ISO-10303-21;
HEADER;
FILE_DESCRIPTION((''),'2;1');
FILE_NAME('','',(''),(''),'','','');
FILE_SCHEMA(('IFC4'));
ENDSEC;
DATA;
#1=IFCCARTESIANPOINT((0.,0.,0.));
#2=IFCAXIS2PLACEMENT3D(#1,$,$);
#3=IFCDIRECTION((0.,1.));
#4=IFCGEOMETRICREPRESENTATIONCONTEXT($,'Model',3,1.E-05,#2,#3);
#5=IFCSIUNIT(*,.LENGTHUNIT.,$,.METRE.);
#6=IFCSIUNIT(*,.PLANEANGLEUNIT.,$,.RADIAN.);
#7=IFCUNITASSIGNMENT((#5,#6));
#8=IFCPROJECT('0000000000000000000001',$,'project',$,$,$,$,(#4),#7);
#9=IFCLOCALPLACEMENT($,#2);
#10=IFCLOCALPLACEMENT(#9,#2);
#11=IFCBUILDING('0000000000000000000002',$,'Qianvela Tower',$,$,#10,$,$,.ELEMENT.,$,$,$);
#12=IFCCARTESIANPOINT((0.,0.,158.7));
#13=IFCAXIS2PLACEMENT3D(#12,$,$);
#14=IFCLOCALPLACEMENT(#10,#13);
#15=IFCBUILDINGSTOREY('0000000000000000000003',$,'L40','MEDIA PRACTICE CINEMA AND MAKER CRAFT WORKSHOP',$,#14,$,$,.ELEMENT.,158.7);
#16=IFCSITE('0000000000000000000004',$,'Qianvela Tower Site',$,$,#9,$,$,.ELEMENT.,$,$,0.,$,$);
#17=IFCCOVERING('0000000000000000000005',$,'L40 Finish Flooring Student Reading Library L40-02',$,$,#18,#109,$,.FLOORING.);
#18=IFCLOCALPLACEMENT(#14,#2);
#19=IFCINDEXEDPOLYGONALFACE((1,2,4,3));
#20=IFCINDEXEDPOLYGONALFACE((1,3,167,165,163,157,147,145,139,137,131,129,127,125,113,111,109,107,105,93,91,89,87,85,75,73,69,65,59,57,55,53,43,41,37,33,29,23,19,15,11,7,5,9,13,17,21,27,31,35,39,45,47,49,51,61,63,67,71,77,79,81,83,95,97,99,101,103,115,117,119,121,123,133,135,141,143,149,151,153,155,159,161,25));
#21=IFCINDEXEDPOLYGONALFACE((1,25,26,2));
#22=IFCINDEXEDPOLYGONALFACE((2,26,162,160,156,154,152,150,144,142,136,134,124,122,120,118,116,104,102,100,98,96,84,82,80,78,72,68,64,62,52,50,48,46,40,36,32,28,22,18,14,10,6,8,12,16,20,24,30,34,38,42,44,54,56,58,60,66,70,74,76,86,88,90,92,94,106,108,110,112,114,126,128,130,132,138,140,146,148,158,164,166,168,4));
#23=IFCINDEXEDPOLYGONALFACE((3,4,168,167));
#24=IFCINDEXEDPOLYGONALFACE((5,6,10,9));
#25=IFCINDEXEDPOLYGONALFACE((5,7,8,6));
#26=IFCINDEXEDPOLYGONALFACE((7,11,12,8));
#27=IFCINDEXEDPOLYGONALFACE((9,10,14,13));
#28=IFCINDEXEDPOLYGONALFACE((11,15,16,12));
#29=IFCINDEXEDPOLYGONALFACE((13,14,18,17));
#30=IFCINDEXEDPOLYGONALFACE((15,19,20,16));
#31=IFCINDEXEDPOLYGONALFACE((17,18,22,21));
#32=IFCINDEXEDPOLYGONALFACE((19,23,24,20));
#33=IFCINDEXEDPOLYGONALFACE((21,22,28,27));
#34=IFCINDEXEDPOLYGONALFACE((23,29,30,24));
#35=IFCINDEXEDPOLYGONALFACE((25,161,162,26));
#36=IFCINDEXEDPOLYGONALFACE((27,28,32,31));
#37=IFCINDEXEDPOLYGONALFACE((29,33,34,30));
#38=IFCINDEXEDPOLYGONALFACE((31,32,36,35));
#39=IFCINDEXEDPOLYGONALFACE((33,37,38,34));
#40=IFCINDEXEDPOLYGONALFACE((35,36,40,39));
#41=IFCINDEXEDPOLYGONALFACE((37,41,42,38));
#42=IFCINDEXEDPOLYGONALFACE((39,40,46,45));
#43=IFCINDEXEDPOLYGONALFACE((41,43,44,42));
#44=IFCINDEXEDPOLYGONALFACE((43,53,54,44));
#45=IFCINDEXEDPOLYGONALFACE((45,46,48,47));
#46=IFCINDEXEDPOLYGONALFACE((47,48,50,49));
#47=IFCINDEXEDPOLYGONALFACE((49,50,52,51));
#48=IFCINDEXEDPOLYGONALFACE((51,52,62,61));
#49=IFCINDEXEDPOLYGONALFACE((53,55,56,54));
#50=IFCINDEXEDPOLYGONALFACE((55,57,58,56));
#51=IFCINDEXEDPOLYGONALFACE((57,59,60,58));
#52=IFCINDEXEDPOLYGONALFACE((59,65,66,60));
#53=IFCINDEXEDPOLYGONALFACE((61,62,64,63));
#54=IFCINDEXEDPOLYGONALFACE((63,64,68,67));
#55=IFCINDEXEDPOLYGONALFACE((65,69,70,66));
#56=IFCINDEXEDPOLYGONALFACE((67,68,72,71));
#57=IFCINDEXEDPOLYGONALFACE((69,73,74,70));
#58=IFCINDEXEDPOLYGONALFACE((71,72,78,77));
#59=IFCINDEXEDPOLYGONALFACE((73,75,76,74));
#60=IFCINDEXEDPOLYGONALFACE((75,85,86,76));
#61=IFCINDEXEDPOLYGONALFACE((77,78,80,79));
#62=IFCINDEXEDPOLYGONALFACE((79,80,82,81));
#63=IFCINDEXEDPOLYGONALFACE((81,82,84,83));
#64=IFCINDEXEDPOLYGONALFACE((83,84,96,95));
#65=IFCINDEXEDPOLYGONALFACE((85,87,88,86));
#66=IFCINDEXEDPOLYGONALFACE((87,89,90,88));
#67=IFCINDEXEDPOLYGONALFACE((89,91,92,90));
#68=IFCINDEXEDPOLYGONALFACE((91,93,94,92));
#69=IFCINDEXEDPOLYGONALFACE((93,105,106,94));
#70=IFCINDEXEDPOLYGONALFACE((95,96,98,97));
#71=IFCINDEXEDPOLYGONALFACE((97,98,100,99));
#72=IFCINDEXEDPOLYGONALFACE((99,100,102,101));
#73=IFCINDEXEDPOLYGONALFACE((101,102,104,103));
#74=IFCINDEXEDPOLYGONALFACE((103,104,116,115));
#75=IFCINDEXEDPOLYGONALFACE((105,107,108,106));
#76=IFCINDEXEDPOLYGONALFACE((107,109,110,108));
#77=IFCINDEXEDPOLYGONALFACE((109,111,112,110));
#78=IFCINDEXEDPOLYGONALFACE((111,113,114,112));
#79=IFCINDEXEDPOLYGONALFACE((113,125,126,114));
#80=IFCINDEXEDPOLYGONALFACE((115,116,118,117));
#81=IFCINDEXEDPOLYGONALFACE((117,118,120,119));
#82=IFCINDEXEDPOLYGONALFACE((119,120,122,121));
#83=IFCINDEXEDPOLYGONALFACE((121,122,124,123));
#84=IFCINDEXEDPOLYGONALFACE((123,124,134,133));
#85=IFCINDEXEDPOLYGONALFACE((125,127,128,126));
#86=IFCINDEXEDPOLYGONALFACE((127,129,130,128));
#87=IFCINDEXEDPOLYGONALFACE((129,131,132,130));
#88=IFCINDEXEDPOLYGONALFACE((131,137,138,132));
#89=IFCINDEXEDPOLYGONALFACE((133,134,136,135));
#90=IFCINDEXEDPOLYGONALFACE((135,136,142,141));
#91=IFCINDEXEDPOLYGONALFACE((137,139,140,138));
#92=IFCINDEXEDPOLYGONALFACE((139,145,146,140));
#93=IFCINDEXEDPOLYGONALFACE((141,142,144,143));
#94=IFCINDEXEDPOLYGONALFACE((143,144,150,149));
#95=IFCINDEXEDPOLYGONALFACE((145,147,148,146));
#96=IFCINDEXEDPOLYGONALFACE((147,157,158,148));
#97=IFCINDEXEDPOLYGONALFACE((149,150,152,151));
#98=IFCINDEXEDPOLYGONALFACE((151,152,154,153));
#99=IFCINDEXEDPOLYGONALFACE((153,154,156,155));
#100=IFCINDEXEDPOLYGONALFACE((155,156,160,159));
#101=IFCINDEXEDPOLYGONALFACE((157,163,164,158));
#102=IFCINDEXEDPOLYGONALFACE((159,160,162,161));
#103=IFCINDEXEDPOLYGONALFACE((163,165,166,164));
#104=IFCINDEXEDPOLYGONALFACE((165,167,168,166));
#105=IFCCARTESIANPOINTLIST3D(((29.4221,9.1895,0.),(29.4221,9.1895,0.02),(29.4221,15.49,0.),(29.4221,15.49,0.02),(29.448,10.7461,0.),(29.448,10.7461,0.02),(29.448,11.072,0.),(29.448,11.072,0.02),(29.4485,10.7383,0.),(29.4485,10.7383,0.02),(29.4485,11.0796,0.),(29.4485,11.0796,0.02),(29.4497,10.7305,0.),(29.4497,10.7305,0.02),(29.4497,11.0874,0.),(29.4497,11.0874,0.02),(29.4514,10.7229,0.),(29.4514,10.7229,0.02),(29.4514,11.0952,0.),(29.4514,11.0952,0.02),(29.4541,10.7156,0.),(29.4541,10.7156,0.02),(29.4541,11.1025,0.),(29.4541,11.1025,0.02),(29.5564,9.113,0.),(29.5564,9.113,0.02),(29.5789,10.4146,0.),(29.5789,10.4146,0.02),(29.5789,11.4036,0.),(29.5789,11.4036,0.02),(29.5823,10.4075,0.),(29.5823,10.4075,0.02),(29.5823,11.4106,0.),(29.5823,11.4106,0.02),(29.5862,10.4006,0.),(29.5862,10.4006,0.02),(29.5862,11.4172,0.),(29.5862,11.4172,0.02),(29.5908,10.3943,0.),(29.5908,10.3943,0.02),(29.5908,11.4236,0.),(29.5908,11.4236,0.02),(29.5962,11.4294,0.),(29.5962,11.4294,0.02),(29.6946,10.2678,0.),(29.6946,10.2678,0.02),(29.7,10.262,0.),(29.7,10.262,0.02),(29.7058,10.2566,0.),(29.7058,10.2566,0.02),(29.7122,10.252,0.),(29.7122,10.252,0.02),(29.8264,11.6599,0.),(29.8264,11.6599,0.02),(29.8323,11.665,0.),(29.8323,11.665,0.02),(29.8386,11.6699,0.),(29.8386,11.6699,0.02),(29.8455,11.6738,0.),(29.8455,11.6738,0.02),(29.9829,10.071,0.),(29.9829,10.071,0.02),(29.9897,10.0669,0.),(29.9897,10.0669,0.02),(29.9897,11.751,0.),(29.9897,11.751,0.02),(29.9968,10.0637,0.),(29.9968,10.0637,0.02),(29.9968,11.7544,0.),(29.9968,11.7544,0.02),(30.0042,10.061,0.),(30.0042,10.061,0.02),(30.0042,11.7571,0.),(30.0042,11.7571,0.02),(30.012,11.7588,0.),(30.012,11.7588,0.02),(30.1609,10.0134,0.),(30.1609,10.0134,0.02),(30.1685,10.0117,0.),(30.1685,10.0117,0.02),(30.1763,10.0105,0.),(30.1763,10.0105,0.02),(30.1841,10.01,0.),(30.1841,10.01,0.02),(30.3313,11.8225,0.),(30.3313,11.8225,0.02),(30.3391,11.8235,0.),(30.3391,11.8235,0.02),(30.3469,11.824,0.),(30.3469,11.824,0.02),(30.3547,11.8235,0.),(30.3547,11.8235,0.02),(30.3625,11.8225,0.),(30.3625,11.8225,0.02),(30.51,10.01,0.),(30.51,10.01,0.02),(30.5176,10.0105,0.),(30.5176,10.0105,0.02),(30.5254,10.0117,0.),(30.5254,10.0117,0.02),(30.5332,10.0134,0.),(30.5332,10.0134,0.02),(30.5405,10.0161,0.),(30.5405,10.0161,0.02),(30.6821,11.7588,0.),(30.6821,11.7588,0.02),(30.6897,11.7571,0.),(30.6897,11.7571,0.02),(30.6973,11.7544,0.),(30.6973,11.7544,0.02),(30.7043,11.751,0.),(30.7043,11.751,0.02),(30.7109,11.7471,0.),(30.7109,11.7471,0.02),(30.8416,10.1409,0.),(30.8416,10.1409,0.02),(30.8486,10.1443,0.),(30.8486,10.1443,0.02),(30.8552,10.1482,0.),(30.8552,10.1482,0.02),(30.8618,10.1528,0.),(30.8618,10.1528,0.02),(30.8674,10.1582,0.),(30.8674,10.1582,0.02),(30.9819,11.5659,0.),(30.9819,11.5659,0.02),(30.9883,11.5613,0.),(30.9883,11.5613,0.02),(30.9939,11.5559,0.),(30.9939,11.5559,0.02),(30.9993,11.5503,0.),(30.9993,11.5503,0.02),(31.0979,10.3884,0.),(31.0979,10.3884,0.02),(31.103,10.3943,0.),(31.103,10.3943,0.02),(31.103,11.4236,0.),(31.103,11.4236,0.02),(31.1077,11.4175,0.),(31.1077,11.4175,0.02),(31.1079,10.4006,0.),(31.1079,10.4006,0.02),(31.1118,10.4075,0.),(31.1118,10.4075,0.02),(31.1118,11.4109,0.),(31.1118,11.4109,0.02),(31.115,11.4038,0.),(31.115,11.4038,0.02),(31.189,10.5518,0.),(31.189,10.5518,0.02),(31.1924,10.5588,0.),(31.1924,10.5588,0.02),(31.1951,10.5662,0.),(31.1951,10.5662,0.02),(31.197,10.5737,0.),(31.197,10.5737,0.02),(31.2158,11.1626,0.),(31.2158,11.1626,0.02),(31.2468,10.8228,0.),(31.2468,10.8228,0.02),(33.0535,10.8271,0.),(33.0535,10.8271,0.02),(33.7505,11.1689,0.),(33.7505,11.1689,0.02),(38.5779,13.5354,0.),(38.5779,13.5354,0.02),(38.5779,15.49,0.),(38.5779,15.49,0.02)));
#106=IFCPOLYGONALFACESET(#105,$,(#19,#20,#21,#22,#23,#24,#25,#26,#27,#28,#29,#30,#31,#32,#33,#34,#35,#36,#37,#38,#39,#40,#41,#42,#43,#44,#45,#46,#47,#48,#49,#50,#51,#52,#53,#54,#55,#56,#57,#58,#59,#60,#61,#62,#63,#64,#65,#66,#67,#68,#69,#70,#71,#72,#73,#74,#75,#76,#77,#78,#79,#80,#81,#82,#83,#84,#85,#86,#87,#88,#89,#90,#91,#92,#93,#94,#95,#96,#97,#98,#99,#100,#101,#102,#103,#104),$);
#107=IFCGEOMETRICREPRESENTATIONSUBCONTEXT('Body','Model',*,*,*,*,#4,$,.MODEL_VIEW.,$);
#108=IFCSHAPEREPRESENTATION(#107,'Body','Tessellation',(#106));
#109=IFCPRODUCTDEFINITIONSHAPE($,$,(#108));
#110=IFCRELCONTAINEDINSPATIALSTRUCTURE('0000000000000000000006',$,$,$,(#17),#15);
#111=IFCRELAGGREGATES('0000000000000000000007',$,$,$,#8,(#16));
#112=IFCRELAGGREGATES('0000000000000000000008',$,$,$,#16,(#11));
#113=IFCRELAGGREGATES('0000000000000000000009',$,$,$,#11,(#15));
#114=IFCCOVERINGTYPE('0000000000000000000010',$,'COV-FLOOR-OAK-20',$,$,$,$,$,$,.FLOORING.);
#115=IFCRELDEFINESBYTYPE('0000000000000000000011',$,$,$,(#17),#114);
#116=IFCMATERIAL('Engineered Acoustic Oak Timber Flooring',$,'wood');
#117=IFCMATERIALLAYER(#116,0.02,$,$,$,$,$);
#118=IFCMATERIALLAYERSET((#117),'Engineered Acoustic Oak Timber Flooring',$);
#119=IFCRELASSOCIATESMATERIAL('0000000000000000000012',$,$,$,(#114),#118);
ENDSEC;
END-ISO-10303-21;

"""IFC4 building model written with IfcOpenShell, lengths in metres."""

from ifc_helpers import new_model, si_unit, direction, frame, origin, place, context, subcontext, project, spatial, polyline, outline, extrude, material, layer, layer_set, type_object, element, save


model = new_model("IFC4")

# Units and contexts
model_context = context("Model", 3, precision=1e-05, world=origin(), true_north=direction((0.0, 1.0)))
body_context = subcontext(model_context, "Body", "Model", "MODEL_VIEW")
ifc_project = project(units=[si_unit("LENGTHUNIT", "METRE"), si_unit("PLANEANGLEUNIT", "RADIAN")], contexts=[model_context])

# Site, building, storey
site_placement = place(None, origin())
site = spatial("IfcSite", under=ifc_project, at=site_placement, Name="Qianvela Tower Site", CompositionType="ELEMENT", RefElevation=0.0)
building_placement = place(site_placement, origin())
building = spatial("IfcBuilding", under=site, at=building_placement, Name="Qianvela Tower", CompositionType="ELEMENT")
storey_placement = place(building_placement, frame((0.0, 0.0, 158.7)))
storey = spatial("IfcBuildingStorey", under=building, at=storey_placement, Name="L40", Description="MEDIA PRACTICE CINEMA AND MAKER CRAFT WORKSHOP", CompositionType="ELEMENT", Elevation=158.7)

# Covering
ifc_material_1 = material(Name="Engineered Acoustic Oak Timber Flooring", Category="wood")
ifc_layer_1 = layer(ifc_material_1, 0.02)
ifc_layer_set_1 = layer_set([ifc_layer_1], Name="Engineered Acoustic Oak Timber Flooring")
covering_type_1 = type_object("IfcCoveringType", Name="COV-FLOOR-OAK-20", PredefinedType="FLOORING", material=ifc_layer_set_1)
covering_1_placement = place(storey_placement, origin())
element("IfcCovering", 1, at=covering_1_placement, inside=storey, type_object=covering_type_1, Name="L40 Finish Flooring Student Reading Library L40-02", PredefinedType="FLOORING", context=body_context, shape_type="SweptSolid", body=[
    extrude(outline(polyline([(38.5779, 13.5354), (33.7505, 11.1689), (31.2158, 11.1626), (31.115, 11.4038), (31.1118, 11.4109), (31.1077, 11.4175), (31.103, 11.4236), (30.9993, 11.5503), (30.9939, 11.5559), (30.9883, 11.5613), (30.9819, 11.5659), (30.7109, 11.7471), (30.7043, 11.751), (30.6973, 11.7544), (30.6897, 11.7571), (30.6821, 11.7588), (30.3625, 11.8225), (30.3547, 11.8235), (30.3469, 11.824), (30.3391, 11.8235), (30.3313, 11.8225), (30.012, 11.7588), (30.0042, 11.7571), (29.9968, 11.7544), (29.9897, 11.751), (29.8455, 11.6738), (29.8386, 11.6699), (29.8323, 11.665), (29.8264, 11.6599), (29.5962, 11.4294), (29.5908, 11.4236), (29.5862, 11.4172), (29.5823, 11.4106), (29.5789, 11.4036), (29.4541, 11.1025), (29.4514, 11.0952), (29.4497, 11.0874), (29.4485, 11.0796), (29.448, 11.072), (29.448, 10.7461), (29.4485, 10.7383), (29.4497, 10.7305), (29.4514, 10.7229), (29.4541, 10.7156), (29.5789, 10.4146), (29.5823, 10.4075), (29.5862, 10.4006), (29.5908, 10.3943), (29.6946, 10.2678), (29.7, 10.262), (29.7058, 10.2566), (29.7122, 10.252), (29.9829, 10.071), (29.9897, 10.0669), (29.9968, 10.0637), (30.0042, 10.061), (30.1609, 10.0134), (30.1685, 10.0117), (30.1763, 10.0105), (30.1841, 10.01), (30.51, 10.01), (30.5176, 10.0105), (30.5254, 10.0117), (30.5332, 10.0134), (30.5405, 10.0161), (30.8416, 10.1409), (30.8486, 10.1443), (30.8552, 10.1482), (30.8618, 10.1528), (30.8674, 10.1582), (31.0979, 10.3884), (31.103, 10.3943), (31.1079, 10.4006), (31.1118, 10.4075), (31.189, 10.5518), (31.1924, 10.5588), (31.1951, 10.5662), (31.197, 10.5737), (31.2468, 10.8228), (33.0535, 10.8271), (29.5564, 9.113), (29.4221, 9.1895), (29.4221, 15.49), (38.5779, 15.49), (38.5779, 13.5354)])), origin(), (0.0, 0.0, 1.0), 0.02),
])

save(model, "model.ifc")
